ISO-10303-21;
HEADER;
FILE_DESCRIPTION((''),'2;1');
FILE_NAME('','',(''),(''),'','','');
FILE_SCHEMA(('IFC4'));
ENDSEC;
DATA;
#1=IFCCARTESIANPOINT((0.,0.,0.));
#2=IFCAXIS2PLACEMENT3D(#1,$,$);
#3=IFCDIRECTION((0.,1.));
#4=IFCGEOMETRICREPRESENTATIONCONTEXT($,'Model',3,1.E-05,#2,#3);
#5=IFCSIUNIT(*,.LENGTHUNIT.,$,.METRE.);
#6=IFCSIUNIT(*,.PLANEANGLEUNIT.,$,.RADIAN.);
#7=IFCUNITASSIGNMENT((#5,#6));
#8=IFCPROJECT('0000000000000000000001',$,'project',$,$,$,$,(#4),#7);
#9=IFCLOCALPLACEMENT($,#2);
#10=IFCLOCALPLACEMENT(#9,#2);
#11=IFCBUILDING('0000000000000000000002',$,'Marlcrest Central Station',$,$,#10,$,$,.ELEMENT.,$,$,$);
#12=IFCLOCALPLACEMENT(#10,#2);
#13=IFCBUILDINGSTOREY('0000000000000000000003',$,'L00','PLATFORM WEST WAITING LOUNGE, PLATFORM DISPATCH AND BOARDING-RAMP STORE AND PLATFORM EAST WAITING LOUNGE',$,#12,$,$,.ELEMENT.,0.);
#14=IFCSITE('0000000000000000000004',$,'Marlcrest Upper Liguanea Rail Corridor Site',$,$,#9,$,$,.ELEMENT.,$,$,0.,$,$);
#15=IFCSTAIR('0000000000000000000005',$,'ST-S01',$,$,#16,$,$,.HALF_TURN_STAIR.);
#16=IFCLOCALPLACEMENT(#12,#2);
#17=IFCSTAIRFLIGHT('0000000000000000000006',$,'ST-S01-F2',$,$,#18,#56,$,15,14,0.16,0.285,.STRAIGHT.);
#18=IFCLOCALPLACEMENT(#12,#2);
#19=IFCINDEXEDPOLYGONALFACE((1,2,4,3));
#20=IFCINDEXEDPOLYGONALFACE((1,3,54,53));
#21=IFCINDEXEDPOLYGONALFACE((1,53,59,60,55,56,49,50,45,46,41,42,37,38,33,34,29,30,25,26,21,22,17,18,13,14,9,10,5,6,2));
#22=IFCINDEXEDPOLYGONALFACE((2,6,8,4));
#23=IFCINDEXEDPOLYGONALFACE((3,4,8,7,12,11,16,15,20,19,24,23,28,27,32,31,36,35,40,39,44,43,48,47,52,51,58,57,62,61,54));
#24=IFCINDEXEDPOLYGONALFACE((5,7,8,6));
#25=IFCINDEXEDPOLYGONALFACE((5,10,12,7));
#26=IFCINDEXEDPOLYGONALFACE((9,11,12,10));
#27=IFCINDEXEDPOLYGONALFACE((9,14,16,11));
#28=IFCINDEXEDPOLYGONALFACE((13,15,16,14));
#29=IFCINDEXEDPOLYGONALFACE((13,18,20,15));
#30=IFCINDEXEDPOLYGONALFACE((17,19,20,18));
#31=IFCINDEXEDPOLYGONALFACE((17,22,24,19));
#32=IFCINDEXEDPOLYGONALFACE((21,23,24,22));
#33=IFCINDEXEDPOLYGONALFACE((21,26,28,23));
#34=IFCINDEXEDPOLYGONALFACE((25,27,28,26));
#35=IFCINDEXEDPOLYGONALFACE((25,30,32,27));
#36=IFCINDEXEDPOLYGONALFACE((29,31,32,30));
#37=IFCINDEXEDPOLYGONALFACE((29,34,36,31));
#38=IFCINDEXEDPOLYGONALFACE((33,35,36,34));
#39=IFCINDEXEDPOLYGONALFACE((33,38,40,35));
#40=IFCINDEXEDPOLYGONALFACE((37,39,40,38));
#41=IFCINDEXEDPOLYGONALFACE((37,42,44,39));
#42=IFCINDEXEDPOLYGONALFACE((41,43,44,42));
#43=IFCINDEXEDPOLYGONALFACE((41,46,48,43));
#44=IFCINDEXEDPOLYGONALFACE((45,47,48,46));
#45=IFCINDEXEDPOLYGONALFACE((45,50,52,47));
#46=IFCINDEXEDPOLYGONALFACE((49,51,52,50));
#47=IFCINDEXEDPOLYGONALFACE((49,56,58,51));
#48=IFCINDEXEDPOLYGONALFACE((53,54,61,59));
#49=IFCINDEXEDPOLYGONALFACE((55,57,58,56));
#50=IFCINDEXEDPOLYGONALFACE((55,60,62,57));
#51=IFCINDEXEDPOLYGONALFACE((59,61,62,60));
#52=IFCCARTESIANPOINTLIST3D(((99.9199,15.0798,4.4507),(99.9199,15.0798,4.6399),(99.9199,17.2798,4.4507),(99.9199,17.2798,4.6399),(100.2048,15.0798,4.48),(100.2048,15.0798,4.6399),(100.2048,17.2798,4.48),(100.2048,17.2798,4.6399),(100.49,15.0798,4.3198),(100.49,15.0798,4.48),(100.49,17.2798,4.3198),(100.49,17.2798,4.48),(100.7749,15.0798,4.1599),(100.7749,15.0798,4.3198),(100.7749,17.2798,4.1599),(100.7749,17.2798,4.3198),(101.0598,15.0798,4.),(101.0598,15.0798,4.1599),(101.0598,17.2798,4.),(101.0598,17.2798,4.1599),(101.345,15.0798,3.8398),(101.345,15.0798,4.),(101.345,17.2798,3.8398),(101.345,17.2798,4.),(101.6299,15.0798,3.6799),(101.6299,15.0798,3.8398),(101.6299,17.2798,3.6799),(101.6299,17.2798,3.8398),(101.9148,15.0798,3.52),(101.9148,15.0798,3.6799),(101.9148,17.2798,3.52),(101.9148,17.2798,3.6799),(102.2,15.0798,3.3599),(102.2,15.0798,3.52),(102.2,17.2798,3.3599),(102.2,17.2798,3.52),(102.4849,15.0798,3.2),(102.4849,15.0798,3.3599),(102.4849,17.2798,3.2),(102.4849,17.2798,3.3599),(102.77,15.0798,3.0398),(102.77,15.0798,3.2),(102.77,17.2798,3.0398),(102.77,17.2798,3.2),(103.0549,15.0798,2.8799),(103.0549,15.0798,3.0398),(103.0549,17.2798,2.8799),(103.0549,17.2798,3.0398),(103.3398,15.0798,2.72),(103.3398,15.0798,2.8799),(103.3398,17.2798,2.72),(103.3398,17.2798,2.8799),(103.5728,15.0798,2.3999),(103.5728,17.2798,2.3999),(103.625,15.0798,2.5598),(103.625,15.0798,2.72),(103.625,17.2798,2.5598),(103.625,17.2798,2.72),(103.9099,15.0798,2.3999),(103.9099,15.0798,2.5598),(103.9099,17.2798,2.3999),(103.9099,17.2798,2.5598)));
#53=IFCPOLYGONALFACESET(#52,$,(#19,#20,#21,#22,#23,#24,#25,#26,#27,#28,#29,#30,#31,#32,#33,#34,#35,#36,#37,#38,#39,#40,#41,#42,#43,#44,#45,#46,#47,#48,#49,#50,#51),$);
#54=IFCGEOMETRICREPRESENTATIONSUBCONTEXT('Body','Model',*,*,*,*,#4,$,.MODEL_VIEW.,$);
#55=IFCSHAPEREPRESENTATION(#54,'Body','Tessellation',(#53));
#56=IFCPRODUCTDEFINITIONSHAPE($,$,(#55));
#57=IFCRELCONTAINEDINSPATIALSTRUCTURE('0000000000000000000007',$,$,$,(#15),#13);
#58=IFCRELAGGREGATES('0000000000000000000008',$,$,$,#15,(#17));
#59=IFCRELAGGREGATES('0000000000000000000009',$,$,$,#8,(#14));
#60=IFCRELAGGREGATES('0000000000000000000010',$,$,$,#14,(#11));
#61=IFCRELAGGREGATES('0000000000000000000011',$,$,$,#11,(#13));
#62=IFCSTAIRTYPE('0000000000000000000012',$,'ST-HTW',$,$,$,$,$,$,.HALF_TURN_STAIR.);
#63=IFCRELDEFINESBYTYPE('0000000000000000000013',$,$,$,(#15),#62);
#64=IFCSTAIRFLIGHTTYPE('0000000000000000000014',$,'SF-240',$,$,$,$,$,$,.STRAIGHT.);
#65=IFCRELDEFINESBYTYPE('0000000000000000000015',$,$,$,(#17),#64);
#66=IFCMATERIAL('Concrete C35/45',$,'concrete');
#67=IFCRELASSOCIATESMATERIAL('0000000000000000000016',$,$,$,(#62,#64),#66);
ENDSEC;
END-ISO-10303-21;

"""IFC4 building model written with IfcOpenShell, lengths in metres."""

from ifc_helpers import new_model, si_unit, direction, frame, origin, place, context, subcontext, project, spatial, polyline, outline, extrude, material, type_object, element, aggregate, save


model = new_model("IFC4")

# Units and contexts
model_context = context("Model", 3, precision=1e-05, world=origin(), true_north=direction((0.0, 1.0)))
body_context = subcontext(model_context, "Body", "Model", "MODEL_VIEW")
ifc_project = project(units=[si_unit("LENGTHUNIT", "METRE"), si_unit("PLANEANGLEUNIT", "RADIAN")], contexts=[model_context])

# Site, building, storey
site_placement = place(None, origin())
site = spatial("IfcSite", under=ifc_project, at=site_placement, Name="Marlcrest Upper Liguanea Rail Corridor Site", CompositionType="ELEMENT", RefElevation=0.0)
building_placement = place(site_placement, origin())
building = spatial("IfcBuilding", under=site, at=building_placement, Name="Marlcrest Central Station", CompositionType="ELEMENT")
storey_placement = place(building_placement, origin())
storey = spatial("IfcBuildingStorey", under=building, at=storey_placement, Name="L00", Description="PLATFORM WEST WAITING LOUNGE, PLATFORM DISPATCH AND BOARDING-RAMP STORE AND PLATFORM EAST WAITING LOUNGE", CompositionType="ELEMENT", Elevation=0.0)

# Shared definitions
ifc_material_1 = material(Name="Concrete C35/45", Category="concrete")

# Stair, stair flight
stair_type = type_object("IfcStairType", Name="ST-HTW", PredefinedType="HALF_TURN_STAIR", material=ifc_material_1)
stair_placement = place(storey_placement, origin())
stair = element("IfcStair", 1, at=stair_placement, inside=storey, type_object=stair_type, Name="ST-S01", PredefinedType="HALF_TURN_STAIR")
stair_flight_type = type_object("IfcStairFlightType", Name="SF-240", PredefinedType="STRAIGHT", material=ifc_material_1)
stair_flight_1_placement = place(storey_placement, frame((103.9099, 16.1799, 2.3999), z_axis=(0.0, 0.0, 1.0), x_axis=(-1.0, 0.0, 0.0)))
stair_flight_1 = element("IfcStairFlight", 2, at=stair_flight_1_placement, type_object=stair_flight_type, Name="ST-S01-F2", NumberOfRisers=15, NumberOfTreads=14, PredefinedType="STRAIGHT", RiserHeight=0.16, TreadLength=0.285, context=body_context, shape_type="SweptSolid", body=[
    extrude(outline(polyline([(0.0, 0.0), (0.0, 0.1599), (0.2849, 0.1599), (0.2849, 0.3201), (0.5701, 0.3201), (0.5701, 0.48), (0.855, 0.48), (0.855, 0.6399), (1.1399, 0.6399), (1.1399, 0.8), (1.425, 0.8), (1.425, 0.96), (1.71, 0.96), (1.71, 1.1201), (1.9951, 1.1201), (1.9951, 1.28), (2.28, 1.28), (2.28, 1.4399), (2.5649, 1.4399), (2.5649, 1.6001), (2.8501, 1.6001), (2.8501, 1.76), (3.135, 1.76), (3.135, 1.9199), (3.4199, 1.9199), (3.4199, 2.0801), (3.7051, 2.0801), (3.7051, 2.24), (3.99, 2.24), (3.99, 2.3999), (3.99, 2.0508), (0.3372, 0.0), (0.0, 0.0)])), frame((0.0, 1.1001, 0.0), z_axis=(0.0, -1.0, 0.0), x_axis=(1.0, 0.0, 0.0)), (0.0, 0.0, 1.0), 2.2),
])
aggregate(stair, [stair_flight_1])

save(model, "model.ifc")
